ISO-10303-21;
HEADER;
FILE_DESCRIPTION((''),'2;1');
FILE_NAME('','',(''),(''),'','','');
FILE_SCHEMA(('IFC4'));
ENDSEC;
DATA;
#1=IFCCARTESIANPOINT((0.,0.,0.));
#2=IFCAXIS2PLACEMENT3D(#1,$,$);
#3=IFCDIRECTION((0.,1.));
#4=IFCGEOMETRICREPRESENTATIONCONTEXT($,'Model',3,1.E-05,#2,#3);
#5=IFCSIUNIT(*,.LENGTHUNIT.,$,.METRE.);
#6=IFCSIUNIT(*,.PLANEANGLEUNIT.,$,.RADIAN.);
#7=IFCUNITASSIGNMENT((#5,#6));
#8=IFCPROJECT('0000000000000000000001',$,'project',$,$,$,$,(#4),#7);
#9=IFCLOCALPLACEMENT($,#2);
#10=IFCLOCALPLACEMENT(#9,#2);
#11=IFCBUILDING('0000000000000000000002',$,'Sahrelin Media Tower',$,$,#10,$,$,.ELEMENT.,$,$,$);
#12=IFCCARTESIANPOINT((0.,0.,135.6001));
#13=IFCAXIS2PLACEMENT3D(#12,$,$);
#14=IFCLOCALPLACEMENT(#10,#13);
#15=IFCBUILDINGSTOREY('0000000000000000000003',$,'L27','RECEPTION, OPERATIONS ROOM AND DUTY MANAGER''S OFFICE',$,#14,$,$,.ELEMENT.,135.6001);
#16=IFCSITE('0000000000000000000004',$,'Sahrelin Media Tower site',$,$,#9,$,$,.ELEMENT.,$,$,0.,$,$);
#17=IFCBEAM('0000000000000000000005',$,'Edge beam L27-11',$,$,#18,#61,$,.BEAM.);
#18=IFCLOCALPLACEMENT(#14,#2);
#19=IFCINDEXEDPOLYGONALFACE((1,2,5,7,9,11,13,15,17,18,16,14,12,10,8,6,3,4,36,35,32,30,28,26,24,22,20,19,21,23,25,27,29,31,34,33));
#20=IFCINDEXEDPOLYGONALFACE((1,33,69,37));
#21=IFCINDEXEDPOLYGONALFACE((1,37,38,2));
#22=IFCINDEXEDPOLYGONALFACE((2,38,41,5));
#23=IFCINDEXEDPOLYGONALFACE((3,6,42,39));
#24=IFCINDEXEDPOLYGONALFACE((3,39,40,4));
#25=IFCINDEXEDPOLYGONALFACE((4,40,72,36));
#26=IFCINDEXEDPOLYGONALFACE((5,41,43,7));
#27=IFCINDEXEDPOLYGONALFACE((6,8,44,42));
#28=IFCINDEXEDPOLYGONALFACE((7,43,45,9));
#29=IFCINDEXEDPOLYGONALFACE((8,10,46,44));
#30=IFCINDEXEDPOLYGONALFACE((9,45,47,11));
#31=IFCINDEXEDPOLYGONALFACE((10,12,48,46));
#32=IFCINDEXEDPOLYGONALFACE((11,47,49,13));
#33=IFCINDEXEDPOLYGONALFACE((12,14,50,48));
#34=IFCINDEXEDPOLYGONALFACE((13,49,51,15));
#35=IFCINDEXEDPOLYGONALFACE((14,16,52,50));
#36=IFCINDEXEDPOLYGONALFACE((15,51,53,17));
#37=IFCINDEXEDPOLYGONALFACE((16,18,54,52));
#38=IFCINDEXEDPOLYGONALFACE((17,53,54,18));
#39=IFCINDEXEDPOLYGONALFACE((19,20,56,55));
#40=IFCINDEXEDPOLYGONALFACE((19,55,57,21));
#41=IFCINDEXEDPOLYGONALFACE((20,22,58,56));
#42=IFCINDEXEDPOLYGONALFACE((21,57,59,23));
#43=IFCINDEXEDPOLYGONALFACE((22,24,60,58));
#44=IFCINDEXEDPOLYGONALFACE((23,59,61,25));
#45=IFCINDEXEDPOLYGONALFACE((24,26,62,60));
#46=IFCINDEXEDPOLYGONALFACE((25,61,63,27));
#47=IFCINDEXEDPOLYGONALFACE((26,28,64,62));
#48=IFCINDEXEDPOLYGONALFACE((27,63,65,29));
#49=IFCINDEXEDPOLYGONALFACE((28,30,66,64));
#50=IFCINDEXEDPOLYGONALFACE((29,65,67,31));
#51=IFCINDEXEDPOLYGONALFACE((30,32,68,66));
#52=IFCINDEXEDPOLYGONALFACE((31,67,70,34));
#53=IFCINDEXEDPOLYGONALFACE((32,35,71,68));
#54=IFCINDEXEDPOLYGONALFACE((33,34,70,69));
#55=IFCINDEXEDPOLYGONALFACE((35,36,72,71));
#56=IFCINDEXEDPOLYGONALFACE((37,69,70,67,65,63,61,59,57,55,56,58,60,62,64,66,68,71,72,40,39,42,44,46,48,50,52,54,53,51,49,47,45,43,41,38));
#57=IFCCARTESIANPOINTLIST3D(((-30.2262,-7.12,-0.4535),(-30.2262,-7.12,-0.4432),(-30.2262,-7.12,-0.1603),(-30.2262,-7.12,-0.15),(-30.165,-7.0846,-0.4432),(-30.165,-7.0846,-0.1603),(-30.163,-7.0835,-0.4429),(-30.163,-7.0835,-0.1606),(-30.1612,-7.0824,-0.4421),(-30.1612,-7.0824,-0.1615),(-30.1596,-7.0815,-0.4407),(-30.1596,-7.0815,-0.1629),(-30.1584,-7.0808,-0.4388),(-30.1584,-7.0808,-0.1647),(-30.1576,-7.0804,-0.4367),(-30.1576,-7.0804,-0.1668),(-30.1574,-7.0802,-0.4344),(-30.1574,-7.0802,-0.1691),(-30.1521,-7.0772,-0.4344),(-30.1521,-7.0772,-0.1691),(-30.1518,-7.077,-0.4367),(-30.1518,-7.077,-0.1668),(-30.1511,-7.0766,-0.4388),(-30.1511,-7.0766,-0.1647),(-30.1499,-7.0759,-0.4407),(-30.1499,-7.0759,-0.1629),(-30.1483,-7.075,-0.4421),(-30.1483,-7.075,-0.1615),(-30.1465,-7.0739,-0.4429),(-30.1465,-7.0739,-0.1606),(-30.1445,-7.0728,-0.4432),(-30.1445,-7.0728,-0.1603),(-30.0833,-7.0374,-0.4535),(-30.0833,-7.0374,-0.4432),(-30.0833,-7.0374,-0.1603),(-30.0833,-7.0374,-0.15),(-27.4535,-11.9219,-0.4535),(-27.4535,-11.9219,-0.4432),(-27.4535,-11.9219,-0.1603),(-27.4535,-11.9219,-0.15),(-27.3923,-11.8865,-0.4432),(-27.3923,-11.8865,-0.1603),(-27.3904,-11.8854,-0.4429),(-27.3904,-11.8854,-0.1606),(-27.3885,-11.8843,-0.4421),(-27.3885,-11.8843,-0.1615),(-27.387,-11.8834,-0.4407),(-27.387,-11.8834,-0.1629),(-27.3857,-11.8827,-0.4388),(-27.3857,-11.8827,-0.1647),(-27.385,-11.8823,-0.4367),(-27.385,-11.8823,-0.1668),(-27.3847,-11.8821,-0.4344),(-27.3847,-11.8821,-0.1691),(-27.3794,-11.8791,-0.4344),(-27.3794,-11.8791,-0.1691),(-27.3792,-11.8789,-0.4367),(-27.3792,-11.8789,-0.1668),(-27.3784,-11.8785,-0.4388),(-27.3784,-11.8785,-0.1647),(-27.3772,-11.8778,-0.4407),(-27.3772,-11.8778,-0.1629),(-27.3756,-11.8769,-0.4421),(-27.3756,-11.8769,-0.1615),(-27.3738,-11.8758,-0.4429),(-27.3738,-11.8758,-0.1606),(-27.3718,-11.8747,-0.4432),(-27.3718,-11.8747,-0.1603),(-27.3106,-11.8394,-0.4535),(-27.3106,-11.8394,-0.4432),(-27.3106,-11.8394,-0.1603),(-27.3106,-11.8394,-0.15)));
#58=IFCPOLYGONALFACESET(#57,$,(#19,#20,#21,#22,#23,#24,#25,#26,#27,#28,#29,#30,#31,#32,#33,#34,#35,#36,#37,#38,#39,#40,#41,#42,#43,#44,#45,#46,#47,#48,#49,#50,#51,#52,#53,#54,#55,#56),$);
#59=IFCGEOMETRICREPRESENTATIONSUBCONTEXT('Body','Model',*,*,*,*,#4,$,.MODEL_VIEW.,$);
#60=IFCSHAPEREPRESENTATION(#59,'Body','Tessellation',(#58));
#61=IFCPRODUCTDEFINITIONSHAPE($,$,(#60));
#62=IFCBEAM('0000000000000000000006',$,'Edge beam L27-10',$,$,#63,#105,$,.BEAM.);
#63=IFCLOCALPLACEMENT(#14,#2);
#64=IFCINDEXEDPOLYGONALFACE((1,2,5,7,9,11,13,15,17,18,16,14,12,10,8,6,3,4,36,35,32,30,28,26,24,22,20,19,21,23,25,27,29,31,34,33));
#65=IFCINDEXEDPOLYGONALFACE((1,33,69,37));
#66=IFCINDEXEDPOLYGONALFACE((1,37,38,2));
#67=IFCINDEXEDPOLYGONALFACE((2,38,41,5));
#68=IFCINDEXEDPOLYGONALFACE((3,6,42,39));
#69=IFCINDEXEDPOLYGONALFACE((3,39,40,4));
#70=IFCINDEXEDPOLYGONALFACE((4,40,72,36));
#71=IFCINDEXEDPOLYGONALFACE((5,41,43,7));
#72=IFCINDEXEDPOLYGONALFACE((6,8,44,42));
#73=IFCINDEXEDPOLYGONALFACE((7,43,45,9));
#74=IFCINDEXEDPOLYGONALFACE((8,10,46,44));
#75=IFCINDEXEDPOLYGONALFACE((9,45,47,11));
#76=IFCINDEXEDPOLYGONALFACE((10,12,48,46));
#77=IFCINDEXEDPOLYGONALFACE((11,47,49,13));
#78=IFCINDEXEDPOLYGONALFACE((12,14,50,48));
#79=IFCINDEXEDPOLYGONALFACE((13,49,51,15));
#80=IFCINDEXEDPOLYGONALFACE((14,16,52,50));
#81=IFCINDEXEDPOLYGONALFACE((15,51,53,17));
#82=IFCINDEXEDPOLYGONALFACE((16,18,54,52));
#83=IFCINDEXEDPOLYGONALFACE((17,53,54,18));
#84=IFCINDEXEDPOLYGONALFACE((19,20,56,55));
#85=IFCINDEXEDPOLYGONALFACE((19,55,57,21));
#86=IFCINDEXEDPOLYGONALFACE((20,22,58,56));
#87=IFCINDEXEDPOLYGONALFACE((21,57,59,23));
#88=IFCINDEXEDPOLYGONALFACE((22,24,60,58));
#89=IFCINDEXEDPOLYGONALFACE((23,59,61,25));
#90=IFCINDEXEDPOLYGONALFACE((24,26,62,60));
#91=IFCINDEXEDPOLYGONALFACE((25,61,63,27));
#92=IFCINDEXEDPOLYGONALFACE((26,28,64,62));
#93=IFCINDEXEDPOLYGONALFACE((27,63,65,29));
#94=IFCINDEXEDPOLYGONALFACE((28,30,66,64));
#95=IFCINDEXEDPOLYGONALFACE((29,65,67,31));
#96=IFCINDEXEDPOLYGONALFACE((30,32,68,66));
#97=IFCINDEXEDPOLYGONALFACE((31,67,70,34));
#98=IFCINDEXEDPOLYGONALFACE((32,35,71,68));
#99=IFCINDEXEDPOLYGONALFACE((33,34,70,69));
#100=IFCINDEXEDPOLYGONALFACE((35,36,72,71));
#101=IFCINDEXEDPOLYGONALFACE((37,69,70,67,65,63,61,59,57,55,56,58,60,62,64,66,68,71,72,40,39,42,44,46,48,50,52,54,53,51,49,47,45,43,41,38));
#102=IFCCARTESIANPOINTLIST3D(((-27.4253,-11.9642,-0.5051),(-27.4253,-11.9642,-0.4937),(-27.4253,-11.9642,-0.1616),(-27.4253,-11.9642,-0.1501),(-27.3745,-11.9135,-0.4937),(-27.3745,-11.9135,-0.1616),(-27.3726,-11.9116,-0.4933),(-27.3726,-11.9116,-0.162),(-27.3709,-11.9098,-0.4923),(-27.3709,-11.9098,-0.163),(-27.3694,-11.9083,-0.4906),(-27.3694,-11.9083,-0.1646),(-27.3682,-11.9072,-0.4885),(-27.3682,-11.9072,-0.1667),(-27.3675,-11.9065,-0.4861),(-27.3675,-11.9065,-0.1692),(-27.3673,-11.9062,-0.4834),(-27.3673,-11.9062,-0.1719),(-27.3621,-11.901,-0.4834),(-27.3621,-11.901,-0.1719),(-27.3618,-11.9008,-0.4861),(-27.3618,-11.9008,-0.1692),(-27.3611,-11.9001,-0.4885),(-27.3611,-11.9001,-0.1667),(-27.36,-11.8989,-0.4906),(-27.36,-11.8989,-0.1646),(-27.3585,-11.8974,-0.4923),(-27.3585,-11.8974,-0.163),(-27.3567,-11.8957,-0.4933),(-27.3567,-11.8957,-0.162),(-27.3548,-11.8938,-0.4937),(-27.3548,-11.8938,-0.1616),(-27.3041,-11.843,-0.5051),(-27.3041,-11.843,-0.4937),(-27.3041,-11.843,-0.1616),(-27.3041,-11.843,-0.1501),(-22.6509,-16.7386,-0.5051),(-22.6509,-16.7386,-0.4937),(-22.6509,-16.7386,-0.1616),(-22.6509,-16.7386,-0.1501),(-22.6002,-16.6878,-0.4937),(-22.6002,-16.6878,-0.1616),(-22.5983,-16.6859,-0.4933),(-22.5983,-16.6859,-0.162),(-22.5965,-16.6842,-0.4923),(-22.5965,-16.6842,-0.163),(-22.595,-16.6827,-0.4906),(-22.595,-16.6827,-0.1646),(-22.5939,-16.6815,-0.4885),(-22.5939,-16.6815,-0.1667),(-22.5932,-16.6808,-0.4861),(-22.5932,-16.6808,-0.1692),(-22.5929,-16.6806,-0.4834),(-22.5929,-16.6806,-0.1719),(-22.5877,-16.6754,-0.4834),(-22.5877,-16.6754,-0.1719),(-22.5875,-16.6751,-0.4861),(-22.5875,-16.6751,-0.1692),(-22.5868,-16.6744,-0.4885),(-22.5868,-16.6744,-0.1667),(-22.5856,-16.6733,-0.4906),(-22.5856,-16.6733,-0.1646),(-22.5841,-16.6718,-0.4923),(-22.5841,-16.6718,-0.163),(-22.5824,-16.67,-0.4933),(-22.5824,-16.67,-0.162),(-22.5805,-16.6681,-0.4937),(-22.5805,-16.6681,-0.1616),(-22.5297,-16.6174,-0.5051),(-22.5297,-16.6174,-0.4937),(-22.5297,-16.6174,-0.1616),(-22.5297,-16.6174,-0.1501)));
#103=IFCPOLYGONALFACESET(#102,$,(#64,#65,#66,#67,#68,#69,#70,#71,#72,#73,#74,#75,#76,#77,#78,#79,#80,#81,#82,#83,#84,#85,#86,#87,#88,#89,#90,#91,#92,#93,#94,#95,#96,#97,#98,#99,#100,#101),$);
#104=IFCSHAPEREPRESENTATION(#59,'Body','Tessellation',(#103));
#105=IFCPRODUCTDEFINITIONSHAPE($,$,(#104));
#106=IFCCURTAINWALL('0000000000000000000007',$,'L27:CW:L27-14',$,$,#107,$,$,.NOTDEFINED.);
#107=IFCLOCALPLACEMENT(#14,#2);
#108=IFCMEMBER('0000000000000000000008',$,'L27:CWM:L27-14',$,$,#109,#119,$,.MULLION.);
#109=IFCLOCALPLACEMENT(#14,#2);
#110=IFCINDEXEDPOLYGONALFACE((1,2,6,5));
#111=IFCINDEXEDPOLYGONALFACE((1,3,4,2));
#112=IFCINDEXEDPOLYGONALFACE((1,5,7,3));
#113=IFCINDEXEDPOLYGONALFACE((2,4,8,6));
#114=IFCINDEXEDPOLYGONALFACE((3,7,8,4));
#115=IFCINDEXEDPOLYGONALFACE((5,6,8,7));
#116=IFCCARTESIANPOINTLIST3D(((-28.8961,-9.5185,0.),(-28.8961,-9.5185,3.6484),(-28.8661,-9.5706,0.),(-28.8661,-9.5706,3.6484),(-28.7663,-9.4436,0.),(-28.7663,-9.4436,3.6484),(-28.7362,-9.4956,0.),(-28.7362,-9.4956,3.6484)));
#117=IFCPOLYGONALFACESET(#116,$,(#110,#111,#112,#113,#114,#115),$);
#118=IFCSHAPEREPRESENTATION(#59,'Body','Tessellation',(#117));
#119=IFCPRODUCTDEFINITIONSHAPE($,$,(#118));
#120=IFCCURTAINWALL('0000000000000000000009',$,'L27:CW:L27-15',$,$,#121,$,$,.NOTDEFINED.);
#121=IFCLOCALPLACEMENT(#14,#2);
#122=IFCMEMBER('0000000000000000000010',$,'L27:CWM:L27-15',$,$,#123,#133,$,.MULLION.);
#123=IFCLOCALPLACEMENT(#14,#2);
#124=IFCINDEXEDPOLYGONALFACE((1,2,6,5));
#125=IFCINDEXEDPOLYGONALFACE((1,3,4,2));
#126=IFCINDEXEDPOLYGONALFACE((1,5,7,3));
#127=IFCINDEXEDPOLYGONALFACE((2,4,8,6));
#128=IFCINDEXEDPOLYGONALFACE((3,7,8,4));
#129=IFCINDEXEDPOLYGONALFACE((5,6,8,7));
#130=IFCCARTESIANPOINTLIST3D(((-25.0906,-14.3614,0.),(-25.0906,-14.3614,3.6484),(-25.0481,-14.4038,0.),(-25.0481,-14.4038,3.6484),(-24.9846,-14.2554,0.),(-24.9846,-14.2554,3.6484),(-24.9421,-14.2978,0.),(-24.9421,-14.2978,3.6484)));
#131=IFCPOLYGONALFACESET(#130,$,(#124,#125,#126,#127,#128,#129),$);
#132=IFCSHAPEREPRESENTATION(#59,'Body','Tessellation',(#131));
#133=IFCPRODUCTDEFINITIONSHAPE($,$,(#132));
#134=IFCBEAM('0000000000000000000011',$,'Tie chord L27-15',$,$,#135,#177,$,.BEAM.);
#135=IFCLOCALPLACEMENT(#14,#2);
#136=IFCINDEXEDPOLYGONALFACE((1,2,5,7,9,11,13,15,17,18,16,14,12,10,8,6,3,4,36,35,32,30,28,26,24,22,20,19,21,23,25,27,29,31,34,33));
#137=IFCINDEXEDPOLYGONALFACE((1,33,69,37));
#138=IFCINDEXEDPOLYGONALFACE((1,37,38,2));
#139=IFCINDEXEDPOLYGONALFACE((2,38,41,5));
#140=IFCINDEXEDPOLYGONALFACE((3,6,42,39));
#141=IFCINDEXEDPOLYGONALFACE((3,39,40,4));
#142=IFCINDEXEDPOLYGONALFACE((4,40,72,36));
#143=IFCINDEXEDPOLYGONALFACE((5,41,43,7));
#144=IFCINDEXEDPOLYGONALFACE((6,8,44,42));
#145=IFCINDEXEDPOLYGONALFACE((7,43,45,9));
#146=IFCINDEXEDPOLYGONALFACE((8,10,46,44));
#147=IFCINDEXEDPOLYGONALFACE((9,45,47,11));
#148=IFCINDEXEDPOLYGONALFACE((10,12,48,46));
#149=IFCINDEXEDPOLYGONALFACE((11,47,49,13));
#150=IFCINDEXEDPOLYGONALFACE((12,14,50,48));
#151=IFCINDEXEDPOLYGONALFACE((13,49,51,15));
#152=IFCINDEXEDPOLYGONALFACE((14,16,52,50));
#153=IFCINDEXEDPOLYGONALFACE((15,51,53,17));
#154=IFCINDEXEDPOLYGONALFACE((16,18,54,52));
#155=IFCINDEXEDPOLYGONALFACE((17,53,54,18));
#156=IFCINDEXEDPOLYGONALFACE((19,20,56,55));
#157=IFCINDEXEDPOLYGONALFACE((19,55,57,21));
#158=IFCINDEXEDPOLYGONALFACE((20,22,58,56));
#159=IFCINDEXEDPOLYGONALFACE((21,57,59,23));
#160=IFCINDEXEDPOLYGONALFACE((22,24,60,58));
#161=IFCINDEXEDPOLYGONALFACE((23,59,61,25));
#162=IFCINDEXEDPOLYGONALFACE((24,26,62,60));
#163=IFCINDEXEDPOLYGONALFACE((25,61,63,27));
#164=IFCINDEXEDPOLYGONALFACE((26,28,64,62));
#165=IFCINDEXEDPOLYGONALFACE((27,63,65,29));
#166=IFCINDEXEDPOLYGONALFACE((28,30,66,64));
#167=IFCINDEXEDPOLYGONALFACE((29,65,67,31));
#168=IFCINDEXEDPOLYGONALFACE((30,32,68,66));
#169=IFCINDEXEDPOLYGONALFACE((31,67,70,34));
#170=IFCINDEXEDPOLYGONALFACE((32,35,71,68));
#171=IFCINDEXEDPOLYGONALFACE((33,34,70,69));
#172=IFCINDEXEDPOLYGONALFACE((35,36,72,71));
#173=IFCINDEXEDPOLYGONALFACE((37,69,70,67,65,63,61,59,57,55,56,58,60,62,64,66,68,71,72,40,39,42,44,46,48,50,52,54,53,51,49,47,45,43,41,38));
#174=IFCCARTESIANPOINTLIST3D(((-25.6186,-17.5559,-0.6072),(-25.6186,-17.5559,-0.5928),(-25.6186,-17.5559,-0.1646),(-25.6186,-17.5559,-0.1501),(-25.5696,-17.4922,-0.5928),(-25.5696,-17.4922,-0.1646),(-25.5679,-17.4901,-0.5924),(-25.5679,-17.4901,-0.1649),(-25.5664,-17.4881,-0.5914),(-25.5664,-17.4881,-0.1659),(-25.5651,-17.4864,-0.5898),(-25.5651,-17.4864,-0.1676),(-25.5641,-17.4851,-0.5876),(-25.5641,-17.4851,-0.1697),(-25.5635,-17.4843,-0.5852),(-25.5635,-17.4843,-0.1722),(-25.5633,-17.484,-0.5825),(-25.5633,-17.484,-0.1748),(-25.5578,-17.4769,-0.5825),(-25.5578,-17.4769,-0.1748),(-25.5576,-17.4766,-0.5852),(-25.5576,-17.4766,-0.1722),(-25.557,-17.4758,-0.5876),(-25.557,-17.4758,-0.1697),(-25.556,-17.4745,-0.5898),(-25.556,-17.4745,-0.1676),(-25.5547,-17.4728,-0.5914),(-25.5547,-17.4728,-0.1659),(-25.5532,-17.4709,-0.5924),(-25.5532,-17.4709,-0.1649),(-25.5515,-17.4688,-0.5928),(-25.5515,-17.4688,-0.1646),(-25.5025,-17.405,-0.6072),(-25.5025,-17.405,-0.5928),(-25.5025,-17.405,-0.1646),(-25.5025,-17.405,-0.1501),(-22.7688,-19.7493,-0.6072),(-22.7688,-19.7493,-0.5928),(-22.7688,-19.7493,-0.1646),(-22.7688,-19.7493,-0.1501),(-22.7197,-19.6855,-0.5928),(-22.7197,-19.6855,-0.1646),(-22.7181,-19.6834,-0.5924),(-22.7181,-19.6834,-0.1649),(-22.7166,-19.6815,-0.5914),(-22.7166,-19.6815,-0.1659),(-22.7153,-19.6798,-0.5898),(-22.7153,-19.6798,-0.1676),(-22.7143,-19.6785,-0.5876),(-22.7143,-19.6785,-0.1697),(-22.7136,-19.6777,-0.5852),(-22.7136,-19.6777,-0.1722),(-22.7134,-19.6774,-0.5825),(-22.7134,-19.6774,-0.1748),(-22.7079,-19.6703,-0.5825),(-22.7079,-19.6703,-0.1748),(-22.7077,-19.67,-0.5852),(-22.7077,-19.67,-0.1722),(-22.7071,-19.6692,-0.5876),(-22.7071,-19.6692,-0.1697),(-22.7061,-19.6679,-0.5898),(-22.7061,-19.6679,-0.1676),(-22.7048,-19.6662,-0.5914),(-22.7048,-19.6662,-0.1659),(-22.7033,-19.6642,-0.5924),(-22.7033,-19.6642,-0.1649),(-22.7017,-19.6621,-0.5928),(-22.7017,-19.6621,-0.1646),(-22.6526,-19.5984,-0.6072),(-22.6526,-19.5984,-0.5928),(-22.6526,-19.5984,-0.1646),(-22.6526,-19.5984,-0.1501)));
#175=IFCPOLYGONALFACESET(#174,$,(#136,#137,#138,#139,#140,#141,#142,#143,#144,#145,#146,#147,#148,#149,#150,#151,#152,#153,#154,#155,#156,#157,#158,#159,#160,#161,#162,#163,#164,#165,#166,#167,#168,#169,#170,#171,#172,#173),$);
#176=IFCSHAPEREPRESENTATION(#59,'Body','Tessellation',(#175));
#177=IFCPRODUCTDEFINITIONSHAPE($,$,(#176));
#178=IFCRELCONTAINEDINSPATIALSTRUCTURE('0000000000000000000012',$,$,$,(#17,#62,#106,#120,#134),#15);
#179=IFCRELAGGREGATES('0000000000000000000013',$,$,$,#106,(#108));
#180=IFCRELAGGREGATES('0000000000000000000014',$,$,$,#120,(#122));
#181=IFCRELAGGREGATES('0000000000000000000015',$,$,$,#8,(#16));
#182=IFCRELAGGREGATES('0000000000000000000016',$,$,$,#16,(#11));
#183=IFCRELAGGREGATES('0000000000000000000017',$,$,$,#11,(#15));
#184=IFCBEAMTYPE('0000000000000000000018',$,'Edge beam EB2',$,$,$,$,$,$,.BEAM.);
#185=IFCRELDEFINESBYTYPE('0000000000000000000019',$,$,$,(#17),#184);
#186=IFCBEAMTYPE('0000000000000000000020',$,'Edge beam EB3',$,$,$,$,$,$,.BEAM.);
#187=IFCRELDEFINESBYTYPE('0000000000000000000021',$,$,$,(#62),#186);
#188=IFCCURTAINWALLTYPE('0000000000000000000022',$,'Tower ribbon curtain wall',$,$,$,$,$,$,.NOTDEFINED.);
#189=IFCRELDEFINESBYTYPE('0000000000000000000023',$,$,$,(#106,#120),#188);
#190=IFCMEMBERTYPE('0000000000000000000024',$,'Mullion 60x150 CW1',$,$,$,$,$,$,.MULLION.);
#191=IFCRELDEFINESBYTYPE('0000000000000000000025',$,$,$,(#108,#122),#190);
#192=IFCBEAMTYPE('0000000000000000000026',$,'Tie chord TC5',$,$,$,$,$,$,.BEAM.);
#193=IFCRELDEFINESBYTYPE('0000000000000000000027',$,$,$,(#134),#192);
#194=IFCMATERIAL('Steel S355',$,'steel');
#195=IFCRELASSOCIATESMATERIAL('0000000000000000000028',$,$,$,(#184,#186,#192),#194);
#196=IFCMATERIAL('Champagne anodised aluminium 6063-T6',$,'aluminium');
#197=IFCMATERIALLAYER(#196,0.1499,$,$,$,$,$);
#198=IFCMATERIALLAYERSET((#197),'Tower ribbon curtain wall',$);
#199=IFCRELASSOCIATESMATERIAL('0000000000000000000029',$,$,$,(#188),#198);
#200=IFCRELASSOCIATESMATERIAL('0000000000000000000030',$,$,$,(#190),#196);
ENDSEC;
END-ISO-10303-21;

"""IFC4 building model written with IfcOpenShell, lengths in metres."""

from ifc_helpers import new_model, si_unit, direction, frame, origin, origin_2d, place, context, subcontext, project, spatial, rectangle, i_section, extrude, material, layer, layer_set, material_profile, profile_set, type_object, element, aggregate, save


model = new_model("IFC4")

# Units and contexts
model_context = context("Model", 3, precision=1e-05, world=origin(), true_north=direction((0.0, 1.0)))
body_context = subcontext(model_context, "Body", "Model", "MODEL_VIEW")
ifc_project = project(units=[si_unit("LENGTHUNIT", "METRE"), si_unit("PLANEANGLEUNIT", "RADIAN")], contexts=[model_context])

# Site, building, storey
site_placement = place(None, origin())
site = spatial("IfcSite", under=ifc_project, at=site_placement, Name="Sahrelin Media Tower site", CompositionType="ELEMENT", RefElevation=0.0)
building_placement = place(site_placement, origin())
building = spatial("IfcBuilding", under=site, at=building_placement, Name="Sahrelin Media Tower", CompositionType="ELEMENT")
storey_placement = place(building_placement, frame((0.0, 0.0, 135.6001)))
storey = spatial("IfcBuildingStorey", under=building, at=storey_placement, Name="L27", Description="RECEPTION, OPERATIONS ROOM AND DUTY MANAGER'S OFFICE", CompositionType="ELEMENT", Elevation=135.6001)

# Beams
ifc_material_1 = material(Name="Steel S355", Category="steel")
ifc_material_profile_1 = material_profile(ifc_material_1, i_section(OverallWidth=0.165, OverallDepth=0.3035, WebThickness=0.0061, FlangeThickness=0.0103, FilletRadius=0.0088, at=origin_2d()), Name="UB 305x165x40")
ifc_profile_set_1 = profile_set([ifc_material_profile_1], Name="Steel S355")
beam_type_1 = type_object("IfcBeamType", Name="Edge beam EB2", PredefinedType="BEAM", material=ifc_profile_set_1)
beam_1_placement = place(storey_placement, frame((-27.3821, -11.8806, -0.3018), z_axis=(-0.500036, 0.866004, 0.0), x_axis=(-0.866004, -0.500036, 0.0)))
element("IfcBeam", 1, at=beam_1_placement, inside=storey, type_object=beam_type_1, Name="Edge beam L27-11", PredefinedType="BEAM", context=body_context, shape_type="SweptSolid", body=[
    extrude(i_section(OverallWidth=0.165, OverallDepth=0.3035, WebThickness=0.0061, FlangeThickness=0.0103, FilletRadius=0.0088, at=origin_2d()), origin(), (0.0, 0.0, 1.0), 5.5449),
])
ifc_material_profile_2 = material_profile(ifc_material_1, i_section(OverallWidth=0.1714, OverallDepth=0.355, WebThickness=0.0073, FlangeThickness=0.0115, FilletRadius=0.0103, at=origin_2d()), Name="UB 356x171x51")
ifc_profile_set_2 = profile_set([ifc_material_profile_2], Name="Steel S355")
beam_type_2 = type_object("IfcBeamType", Name="Edge beam EB3", PredefinedType="BEAM", material=ifc_profile_set_2)
beam_2_placement = place(storey_placement, frame((-22.5903, -16.678, -0.3276), z_axis=(-0.707107, 0.707107, 0.0), x_axis=(-0.707107, -0.707107, 0.0)))
element("IfcBeam", 2, at=beam_2_placement, inside=storey, type_object=beam_type_2, Name="Edge beam L27-10", PredefinedType="BEAM", context=body_context, shape_type="SweptSolid", body=[
    extrude(i_section(OverallWidth=0.1714, OverallDepth=0.355, WebThickness=0.0073, FlangeThickness=0.0115, FilletRadius=0.0103, at=origin_2d()), origin(), (0.0, 0.0, 1.0), 6.752),
])

# Curtain walls, members
ifc_material_2 = material(Name="Champagne anodised aluminium 6063-T6", Category="aluminium")
ifc_layer_1 = layer(ifc_material_2, 0.1499)
ifc_layer_set_1 = layer_set([ifc_layer_1], Name="Tower ribbon curtain wall")
curtain_wall_type = type_object("IfcCurtainWallType", Name="Tower ribbon curtain wall", PredefinedType="NOTDEFINED", material=ifc_layer_set_1)
curtain_wall_1_placement = place(storey_placement, frame((-28.8984, -9.5547, 0.0), z_axis=(0.0, 0.0, 1.0), x_axis=(1.0, 0.0, 0.0)))
curtain_wall_1 = element("IfcCurtainWall", 3, at=curtain_wall_1_placement, inside=storey, type_object=curtain_wall_type, Name="L27:CW:L27-14", PredefinedType="NOTDEFINED")
ifc_material_profile_3 = material_profile(ifc_material_2, rectangle(XDim=0.0601, YDim=0.1499, at=origin_2d()), Name="Mullion 60x150")
ifc_profile_set_3 = profile_set([ifc_material_profile_3], Name="Champagne anodised aluminium 6063-T6")
member_type_1 = type_object("IfcMemberType", Name="Mullion 60x150 CW1", PredefinedType="MULLION", material=ifc_profile_set_3)
member_1_placement = place(storey_placement, frame((-28.8162, -9.5071, 0.0), z_axis=(0.0, 0.0, 1.0), x_axis=(0.499994, -0.866029, 0.0)))
member_1 = element("IfcMember", 4, at=member_1_placement, type_object=member_type_1, Name="L27:CWM:L27-14", PredefinedType="MULLION", context=body_context, shape_type="SweptSolid", body=[
    extrude(rectangle(XDim=0.0601, YDim=0.1499, at=origin_2d()), origin(), (0.0, 0.0, 1.0), 3.6484),
])
aggregate(curtain_wall_1, [member_1])
curtain_wall_2_placement = place(storey_placement, frame((-25.0835, -14.397, 0.0), z_axis=(0.0, 0.0, 1.0), x_axis=(1.0, 0.0, 0.0)))
curtain_wall_2 = element("IfcCurtainWall", 5, at=curtain_wall_2_placement, inside=storey, type_object=curtain_wall_type, Name="L27:CW:L27-15", PredefinedType="NOTDEFINED")
member_2_placement = place(storey_placement, frame((-25.0164, -14.3296, 0.0), z_axis=(0.0, 0.0, 1.0), x_axis=(0.707107, -0.707107, 0.0)))
member_2 = element("IfcMember", 6, at=member_2_placement, type_object=member_type_1, Name="L27:CWM:L27-15", PredefinedType="MULLION", context=body_context, shape_type="SweptSolid", body=[
    extrude(rectangle(XDim=0.0601, YDim=0.1499, at=origin_2d()), origin(), (0.0, 0.0, 1.0), 3.6484),
])

# Beam
ifc_material_profile_4 = material_profile(ifc_material_1, i_section(OverallWidth=0.1904, OverallDepth=0.457, WebThickness=0.009, FlangeThickness=0.0144, FilletRadius=0.0103, at=origin_2d()), Name="UB 457x191x74")
ifc_profile_set_4 = profile_set([ifc_material_profile_4], Name="Steel S355")
beam_type_3 = type_object("IfcBeamType", Name="Tie chord TC5", PredefinedType="BEAM", material=ifc_profile_set_4)
beam_3_placement = place(storey_placement, frame((-25.5605, -17.4805, -0.3787), z_axis=(0.792467, -0.609914, 0.0), x_axis=(0.609914, 0.792467, 0.0)))
element("IfcBeam", 7, at=beam_3_placement, inside=storey, type_object=beam_type_3, Name="Tie chord L27-15", PredefinedType="BEAM", context=body_context, shape_type="SweptSolid", body=[
    extrude(i_section(OverallWidth=0.1904, OverallDepth=0.457, WebThickness=0.009, FlangeThickness=0.0144, FilletRadius=0.0103, at=origin_2d()), origin(), (0.0, 0.0, 1.0), 3.5962),
])

aggregate(curtain_wall_2, [member_2])

save(model, "model.ifc")
